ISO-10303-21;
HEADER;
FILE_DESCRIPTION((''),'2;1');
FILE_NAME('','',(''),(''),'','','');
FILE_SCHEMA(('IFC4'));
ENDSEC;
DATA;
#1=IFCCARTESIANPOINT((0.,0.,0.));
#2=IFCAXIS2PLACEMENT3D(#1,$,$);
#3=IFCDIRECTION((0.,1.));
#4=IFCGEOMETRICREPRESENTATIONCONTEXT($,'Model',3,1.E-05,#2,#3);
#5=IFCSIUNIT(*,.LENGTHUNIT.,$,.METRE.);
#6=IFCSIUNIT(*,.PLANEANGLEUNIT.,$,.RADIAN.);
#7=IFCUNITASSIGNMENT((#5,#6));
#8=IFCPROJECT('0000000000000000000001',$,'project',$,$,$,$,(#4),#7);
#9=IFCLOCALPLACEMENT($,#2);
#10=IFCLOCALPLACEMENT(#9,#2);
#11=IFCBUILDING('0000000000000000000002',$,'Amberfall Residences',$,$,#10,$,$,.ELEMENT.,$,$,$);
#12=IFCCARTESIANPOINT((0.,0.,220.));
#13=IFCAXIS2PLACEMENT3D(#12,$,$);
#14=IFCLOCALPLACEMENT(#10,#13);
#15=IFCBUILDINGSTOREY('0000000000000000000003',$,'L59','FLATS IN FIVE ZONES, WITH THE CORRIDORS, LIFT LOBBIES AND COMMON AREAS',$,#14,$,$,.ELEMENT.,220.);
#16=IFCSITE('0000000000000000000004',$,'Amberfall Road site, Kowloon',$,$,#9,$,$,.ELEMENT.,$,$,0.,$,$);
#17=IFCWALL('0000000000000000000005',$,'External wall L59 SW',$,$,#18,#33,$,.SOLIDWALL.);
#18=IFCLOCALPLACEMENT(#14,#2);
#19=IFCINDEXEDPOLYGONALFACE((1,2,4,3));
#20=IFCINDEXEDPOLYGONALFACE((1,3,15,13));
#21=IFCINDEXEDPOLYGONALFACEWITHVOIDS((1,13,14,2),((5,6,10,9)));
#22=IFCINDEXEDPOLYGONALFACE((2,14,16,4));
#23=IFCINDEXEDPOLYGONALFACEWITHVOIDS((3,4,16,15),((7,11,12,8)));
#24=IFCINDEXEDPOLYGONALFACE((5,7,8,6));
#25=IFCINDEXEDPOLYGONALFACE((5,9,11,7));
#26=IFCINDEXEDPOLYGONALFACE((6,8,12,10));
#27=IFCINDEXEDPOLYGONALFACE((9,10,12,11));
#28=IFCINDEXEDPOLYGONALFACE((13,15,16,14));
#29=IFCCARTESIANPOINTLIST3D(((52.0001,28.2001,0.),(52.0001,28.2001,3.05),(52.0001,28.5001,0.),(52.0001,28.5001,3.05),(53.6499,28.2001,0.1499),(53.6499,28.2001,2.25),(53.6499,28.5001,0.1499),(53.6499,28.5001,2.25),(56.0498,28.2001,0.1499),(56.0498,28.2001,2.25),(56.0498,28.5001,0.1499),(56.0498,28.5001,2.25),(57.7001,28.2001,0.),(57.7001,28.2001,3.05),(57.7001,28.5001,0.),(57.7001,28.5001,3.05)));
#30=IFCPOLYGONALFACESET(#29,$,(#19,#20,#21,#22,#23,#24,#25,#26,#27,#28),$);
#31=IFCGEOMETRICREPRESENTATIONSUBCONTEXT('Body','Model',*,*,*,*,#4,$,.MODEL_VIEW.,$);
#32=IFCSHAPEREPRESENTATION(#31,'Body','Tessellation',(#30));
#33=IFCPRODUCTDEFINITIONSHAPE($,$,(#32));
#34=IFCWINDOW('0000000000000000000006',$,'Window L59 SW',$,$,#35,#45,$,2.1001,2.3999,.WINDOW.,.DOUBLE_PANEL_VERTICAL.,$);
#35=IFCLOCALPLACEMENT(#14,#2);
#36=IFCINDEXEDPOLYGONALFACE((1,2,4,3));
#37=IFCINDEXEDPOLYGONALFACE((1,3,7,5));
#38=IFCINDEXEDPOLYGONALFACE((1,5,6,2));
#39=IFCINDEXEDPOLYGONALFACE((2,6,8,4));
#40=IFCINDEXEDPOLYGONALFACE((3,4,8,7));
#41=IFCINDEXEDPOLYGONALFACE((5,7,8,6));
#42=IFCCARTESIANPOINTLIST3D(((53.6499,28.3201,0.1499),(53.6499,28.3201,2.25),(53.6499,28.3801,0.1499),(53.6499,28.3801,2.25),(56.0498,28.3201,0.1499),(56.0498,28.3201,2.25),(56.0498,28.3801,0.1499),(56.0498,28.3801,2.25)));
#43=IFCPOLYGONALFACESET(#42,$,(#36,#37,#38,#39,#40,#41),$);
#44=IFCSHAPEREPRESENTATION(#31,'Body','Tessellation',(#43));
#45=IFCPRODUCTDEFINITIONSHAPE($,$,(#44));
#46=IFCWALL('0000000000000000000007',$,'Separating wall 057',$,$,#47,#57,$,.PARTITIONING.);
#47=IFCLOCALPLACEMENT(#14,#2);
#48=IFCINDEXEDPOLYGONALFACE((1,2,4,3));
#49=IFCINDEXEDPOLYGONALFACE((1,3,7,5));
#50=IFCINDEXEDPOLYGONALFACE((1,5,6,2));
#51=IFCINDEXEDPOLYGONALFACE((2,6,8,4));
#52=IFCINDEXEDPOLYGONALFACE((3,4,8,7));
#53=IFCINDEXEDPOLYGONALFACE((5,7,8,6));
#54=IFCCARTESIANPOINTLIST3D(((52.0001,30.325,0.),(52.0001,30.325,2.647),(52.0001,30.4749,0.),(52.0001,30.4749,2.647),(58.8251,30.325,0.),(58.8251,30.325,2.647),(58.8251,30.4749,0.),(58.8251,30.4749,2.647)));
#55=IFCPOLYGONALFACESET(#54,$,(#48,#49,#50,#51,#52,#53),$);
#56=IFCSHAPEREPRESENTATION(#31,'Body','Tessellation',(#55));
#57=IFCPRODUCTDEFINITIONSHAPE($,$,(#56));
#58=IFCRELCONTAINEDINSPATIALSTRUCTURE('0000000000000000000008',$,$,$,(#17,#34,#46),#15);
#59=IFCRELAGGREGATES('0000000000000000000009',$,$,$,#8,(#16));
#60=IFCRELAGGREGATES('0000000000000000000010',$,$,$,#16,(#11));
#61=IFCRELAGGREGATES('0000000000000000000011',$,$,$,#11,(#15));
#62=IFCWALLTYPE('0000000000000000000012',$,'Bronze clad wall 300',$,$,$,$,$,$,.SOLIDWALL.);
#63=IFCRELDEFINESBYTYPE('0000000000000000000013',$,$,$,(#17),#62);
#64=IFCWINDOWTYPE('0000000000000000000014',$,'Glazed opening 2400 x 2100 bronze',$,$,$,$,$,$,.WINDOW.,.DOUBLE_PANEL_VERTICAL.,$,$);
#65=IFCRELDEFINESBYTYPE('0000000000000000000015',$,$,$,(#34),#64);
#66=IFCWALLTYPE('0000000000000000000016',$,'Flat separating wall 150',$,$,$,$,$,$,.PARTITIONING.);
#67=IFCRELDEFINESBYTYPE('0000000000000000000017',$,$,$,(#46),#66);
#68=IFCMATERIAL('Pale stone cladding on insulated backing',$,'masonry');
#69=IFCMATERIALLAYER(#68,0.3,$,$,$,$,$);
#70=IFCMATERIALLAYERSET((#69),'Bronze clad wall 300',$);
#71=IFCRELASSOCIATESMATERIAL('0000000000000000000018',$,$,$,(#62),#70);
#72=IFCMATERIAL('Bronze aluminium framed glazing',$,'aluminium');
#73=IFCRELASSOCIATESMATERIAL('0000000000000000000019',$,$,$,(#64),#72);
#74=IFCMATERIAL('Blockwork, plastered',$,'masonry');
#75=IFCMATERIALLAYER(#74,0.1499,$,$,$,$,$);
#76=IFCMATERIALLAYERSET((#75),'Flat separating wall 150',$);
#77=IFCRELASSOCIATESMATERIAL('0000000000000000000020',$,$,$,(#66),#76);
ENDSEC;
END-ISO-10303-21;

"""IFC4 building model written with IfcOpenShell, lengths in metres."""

from ifc_helpers import new_model, si_unit, direction, frame, frame_2d, origin, place, context, subcontext, project, spatial, rectangle, extrude, material, layer, layer_set, type_object, element, fill, save


model = new_model("IFC4")

# Units and contexts
model_context = context("Model", 3, precision=1e-05, world=origin(), true_north=direction((0.0, 1.0)))
body_context = subcontext(model_context, "Body", "Model", "MODEL_VIEW")
ifc_project = project(units=[si_unit("LENGTHUNIT", "METRE"), si_unit("PLANEANGLEUNIT", "RADIAN")], contexts=[model_context])

# Site, building, storey
site_placement = place(None, origin())
site = spatial("IfcSite", under=ifc_project, at=site_placement, Name="Amberfall Road site, Kowloon", CompositionType="ELEMENT", RefElevation=0.0)
building_placement = place(site_placement, origin())
building = spatial("IfcBuilding", under=site, at=building_placement, Name="Amberfall Residences", CompositionType="ELEMENT")
storey_placement = place(building_placement, frame((0.0, 0.0, 220.0)))
storey = spatial("IfcBuildingStorey", under=building, at=storey_placement, Name="L59", Description="FLATS IN FIVE ZONES, WITH THE CORRIDORS, LIFT LOBBIES AND COMMON AREAS", CompositionType="ELEMENT", Elevation=220.0)

# Wall, opening, window
ifc_material_1 = material(Name="Pale stone cladding on insulated backing", Category="masonry")
ifc_layer_1 = layer(ifc_material_1, 0.3)
ifc_layer_set_1 = layer_set([ifc_layer_1], Name="Bronze clad wall 300")
wall_type_1 = type_object("IfcWallType", Name="Bronze clad wall 300", PredefinedType="SOLIDWALL", material=ifc_layer_set_1)
wall_1_placement = place(storey_placement, frame((52.0, 28.3501, 0.0), z_axis=(0.0, 0.0, 1.0), x_axis=(1.0, 0.0, 0.0)))
wall_1 = element("IfcWall", 1, at=wall_1_placement, inside=storey, type_object=wall_type_1, Name="External wall L59 SW", PredefinedType="SOLIDWALL", context=body_context, shape_type="SweptSolid", body=[
    extrude(rectangle(XDim=5.7, YDim=0.3, at=frame_2d((2.8501, 0.0))), origin(), (0.0, 0.0, 1.0), 3.05),
])
opening_placement = place(wall_1_placement, frame((1.6499, 0.0, 0.1499)))
opening = element("IfcOpeningElement", 2, at=opening_placement, cuts=wall_1, PredefinedType="OPENING", context=body_context, shape_type="SweptSolid", body=[
    extrude(rectangle(XDim=2.3999, YDim=2.1001, at=frame_2d((1.2, 1.05))), frame((0.0, 0.1599, 0.0), z_axis=(0.0, -1.0, 0.0), x_axis=(1.0, 0.0, 0.0)), (0.0, 0.0, 1.0), 0.3201),
])
ifc_material_2 = material(Name="Bronze aluminium framed glazing", Category="aluminium")
window_type = type_object("IfcWindowType", Name="Glazed opening 2400 x 2100 bronze", PartitioningType="DOUBLE_PANEL_VERTICAL", PredefinedType="WINDOW", material=ifc_material_2)
window_placement = place(opening_placement, origin())
window = element("IfcWindow", 3, at=window_placement, inside=storey, type_object=window_type, Name="Window L59 SW", OverallHeight=2.1001, OverallWidth=2.3999, PartitioningType="DOUBLE_PANEL_VERTICAL", PredefinedType="WINDOW", context=body_context, shape_type="SweptSolid", body=[
    extrude(rectangle(XDim=2.3999, YDim=2.1001, at=frame_2d((1.2, 1.05))), frame((0.0, 0.03, 0.0), z_axis=(0.0, -1.0, 0.0), x_axis=(1.0, 0.0, 0.0)), (0.0, 0.0, 1.0), 0.0601),
])
fill(opening, window)

# Wall
ifc_material_3 = material(Name="Blockwork, plastered", Category="masonry")
ifc_layer_2 = layer(ifc_material_3, 0.1499)
ifc_layer_set_2 = layer_set([ifc_layer_2], Name="Flat separating wall 150")
wall_type_2 = type_object("IfcWallType", Name="Flat separating wall 150", PredefinedType="PARTITIONING", material=ifc_layer_set_2)
wall_2_placement = place(storey_placement, frame((52.0, 30.3999, 0.0), z_axis=(0.0, 0.0, 1.0), x_axis=(1.0, 0.0, 0.0)))
element("IfcWall", 4, at=wall_2_placement, inside=storey, type_object=wall_type_2, Name="Separating wall 057", PredefinedType="PARTITIONING", context=body_context, shape_type="SweptSolid", body=[
    extrude(rectangle(XDim=6.825, YDim=0.1499, at=frame_2d((3.4126, 0.0))), origin(), (0.0, 0.0, 1.0), 2.647),
])

save(model, "model.ifc")
